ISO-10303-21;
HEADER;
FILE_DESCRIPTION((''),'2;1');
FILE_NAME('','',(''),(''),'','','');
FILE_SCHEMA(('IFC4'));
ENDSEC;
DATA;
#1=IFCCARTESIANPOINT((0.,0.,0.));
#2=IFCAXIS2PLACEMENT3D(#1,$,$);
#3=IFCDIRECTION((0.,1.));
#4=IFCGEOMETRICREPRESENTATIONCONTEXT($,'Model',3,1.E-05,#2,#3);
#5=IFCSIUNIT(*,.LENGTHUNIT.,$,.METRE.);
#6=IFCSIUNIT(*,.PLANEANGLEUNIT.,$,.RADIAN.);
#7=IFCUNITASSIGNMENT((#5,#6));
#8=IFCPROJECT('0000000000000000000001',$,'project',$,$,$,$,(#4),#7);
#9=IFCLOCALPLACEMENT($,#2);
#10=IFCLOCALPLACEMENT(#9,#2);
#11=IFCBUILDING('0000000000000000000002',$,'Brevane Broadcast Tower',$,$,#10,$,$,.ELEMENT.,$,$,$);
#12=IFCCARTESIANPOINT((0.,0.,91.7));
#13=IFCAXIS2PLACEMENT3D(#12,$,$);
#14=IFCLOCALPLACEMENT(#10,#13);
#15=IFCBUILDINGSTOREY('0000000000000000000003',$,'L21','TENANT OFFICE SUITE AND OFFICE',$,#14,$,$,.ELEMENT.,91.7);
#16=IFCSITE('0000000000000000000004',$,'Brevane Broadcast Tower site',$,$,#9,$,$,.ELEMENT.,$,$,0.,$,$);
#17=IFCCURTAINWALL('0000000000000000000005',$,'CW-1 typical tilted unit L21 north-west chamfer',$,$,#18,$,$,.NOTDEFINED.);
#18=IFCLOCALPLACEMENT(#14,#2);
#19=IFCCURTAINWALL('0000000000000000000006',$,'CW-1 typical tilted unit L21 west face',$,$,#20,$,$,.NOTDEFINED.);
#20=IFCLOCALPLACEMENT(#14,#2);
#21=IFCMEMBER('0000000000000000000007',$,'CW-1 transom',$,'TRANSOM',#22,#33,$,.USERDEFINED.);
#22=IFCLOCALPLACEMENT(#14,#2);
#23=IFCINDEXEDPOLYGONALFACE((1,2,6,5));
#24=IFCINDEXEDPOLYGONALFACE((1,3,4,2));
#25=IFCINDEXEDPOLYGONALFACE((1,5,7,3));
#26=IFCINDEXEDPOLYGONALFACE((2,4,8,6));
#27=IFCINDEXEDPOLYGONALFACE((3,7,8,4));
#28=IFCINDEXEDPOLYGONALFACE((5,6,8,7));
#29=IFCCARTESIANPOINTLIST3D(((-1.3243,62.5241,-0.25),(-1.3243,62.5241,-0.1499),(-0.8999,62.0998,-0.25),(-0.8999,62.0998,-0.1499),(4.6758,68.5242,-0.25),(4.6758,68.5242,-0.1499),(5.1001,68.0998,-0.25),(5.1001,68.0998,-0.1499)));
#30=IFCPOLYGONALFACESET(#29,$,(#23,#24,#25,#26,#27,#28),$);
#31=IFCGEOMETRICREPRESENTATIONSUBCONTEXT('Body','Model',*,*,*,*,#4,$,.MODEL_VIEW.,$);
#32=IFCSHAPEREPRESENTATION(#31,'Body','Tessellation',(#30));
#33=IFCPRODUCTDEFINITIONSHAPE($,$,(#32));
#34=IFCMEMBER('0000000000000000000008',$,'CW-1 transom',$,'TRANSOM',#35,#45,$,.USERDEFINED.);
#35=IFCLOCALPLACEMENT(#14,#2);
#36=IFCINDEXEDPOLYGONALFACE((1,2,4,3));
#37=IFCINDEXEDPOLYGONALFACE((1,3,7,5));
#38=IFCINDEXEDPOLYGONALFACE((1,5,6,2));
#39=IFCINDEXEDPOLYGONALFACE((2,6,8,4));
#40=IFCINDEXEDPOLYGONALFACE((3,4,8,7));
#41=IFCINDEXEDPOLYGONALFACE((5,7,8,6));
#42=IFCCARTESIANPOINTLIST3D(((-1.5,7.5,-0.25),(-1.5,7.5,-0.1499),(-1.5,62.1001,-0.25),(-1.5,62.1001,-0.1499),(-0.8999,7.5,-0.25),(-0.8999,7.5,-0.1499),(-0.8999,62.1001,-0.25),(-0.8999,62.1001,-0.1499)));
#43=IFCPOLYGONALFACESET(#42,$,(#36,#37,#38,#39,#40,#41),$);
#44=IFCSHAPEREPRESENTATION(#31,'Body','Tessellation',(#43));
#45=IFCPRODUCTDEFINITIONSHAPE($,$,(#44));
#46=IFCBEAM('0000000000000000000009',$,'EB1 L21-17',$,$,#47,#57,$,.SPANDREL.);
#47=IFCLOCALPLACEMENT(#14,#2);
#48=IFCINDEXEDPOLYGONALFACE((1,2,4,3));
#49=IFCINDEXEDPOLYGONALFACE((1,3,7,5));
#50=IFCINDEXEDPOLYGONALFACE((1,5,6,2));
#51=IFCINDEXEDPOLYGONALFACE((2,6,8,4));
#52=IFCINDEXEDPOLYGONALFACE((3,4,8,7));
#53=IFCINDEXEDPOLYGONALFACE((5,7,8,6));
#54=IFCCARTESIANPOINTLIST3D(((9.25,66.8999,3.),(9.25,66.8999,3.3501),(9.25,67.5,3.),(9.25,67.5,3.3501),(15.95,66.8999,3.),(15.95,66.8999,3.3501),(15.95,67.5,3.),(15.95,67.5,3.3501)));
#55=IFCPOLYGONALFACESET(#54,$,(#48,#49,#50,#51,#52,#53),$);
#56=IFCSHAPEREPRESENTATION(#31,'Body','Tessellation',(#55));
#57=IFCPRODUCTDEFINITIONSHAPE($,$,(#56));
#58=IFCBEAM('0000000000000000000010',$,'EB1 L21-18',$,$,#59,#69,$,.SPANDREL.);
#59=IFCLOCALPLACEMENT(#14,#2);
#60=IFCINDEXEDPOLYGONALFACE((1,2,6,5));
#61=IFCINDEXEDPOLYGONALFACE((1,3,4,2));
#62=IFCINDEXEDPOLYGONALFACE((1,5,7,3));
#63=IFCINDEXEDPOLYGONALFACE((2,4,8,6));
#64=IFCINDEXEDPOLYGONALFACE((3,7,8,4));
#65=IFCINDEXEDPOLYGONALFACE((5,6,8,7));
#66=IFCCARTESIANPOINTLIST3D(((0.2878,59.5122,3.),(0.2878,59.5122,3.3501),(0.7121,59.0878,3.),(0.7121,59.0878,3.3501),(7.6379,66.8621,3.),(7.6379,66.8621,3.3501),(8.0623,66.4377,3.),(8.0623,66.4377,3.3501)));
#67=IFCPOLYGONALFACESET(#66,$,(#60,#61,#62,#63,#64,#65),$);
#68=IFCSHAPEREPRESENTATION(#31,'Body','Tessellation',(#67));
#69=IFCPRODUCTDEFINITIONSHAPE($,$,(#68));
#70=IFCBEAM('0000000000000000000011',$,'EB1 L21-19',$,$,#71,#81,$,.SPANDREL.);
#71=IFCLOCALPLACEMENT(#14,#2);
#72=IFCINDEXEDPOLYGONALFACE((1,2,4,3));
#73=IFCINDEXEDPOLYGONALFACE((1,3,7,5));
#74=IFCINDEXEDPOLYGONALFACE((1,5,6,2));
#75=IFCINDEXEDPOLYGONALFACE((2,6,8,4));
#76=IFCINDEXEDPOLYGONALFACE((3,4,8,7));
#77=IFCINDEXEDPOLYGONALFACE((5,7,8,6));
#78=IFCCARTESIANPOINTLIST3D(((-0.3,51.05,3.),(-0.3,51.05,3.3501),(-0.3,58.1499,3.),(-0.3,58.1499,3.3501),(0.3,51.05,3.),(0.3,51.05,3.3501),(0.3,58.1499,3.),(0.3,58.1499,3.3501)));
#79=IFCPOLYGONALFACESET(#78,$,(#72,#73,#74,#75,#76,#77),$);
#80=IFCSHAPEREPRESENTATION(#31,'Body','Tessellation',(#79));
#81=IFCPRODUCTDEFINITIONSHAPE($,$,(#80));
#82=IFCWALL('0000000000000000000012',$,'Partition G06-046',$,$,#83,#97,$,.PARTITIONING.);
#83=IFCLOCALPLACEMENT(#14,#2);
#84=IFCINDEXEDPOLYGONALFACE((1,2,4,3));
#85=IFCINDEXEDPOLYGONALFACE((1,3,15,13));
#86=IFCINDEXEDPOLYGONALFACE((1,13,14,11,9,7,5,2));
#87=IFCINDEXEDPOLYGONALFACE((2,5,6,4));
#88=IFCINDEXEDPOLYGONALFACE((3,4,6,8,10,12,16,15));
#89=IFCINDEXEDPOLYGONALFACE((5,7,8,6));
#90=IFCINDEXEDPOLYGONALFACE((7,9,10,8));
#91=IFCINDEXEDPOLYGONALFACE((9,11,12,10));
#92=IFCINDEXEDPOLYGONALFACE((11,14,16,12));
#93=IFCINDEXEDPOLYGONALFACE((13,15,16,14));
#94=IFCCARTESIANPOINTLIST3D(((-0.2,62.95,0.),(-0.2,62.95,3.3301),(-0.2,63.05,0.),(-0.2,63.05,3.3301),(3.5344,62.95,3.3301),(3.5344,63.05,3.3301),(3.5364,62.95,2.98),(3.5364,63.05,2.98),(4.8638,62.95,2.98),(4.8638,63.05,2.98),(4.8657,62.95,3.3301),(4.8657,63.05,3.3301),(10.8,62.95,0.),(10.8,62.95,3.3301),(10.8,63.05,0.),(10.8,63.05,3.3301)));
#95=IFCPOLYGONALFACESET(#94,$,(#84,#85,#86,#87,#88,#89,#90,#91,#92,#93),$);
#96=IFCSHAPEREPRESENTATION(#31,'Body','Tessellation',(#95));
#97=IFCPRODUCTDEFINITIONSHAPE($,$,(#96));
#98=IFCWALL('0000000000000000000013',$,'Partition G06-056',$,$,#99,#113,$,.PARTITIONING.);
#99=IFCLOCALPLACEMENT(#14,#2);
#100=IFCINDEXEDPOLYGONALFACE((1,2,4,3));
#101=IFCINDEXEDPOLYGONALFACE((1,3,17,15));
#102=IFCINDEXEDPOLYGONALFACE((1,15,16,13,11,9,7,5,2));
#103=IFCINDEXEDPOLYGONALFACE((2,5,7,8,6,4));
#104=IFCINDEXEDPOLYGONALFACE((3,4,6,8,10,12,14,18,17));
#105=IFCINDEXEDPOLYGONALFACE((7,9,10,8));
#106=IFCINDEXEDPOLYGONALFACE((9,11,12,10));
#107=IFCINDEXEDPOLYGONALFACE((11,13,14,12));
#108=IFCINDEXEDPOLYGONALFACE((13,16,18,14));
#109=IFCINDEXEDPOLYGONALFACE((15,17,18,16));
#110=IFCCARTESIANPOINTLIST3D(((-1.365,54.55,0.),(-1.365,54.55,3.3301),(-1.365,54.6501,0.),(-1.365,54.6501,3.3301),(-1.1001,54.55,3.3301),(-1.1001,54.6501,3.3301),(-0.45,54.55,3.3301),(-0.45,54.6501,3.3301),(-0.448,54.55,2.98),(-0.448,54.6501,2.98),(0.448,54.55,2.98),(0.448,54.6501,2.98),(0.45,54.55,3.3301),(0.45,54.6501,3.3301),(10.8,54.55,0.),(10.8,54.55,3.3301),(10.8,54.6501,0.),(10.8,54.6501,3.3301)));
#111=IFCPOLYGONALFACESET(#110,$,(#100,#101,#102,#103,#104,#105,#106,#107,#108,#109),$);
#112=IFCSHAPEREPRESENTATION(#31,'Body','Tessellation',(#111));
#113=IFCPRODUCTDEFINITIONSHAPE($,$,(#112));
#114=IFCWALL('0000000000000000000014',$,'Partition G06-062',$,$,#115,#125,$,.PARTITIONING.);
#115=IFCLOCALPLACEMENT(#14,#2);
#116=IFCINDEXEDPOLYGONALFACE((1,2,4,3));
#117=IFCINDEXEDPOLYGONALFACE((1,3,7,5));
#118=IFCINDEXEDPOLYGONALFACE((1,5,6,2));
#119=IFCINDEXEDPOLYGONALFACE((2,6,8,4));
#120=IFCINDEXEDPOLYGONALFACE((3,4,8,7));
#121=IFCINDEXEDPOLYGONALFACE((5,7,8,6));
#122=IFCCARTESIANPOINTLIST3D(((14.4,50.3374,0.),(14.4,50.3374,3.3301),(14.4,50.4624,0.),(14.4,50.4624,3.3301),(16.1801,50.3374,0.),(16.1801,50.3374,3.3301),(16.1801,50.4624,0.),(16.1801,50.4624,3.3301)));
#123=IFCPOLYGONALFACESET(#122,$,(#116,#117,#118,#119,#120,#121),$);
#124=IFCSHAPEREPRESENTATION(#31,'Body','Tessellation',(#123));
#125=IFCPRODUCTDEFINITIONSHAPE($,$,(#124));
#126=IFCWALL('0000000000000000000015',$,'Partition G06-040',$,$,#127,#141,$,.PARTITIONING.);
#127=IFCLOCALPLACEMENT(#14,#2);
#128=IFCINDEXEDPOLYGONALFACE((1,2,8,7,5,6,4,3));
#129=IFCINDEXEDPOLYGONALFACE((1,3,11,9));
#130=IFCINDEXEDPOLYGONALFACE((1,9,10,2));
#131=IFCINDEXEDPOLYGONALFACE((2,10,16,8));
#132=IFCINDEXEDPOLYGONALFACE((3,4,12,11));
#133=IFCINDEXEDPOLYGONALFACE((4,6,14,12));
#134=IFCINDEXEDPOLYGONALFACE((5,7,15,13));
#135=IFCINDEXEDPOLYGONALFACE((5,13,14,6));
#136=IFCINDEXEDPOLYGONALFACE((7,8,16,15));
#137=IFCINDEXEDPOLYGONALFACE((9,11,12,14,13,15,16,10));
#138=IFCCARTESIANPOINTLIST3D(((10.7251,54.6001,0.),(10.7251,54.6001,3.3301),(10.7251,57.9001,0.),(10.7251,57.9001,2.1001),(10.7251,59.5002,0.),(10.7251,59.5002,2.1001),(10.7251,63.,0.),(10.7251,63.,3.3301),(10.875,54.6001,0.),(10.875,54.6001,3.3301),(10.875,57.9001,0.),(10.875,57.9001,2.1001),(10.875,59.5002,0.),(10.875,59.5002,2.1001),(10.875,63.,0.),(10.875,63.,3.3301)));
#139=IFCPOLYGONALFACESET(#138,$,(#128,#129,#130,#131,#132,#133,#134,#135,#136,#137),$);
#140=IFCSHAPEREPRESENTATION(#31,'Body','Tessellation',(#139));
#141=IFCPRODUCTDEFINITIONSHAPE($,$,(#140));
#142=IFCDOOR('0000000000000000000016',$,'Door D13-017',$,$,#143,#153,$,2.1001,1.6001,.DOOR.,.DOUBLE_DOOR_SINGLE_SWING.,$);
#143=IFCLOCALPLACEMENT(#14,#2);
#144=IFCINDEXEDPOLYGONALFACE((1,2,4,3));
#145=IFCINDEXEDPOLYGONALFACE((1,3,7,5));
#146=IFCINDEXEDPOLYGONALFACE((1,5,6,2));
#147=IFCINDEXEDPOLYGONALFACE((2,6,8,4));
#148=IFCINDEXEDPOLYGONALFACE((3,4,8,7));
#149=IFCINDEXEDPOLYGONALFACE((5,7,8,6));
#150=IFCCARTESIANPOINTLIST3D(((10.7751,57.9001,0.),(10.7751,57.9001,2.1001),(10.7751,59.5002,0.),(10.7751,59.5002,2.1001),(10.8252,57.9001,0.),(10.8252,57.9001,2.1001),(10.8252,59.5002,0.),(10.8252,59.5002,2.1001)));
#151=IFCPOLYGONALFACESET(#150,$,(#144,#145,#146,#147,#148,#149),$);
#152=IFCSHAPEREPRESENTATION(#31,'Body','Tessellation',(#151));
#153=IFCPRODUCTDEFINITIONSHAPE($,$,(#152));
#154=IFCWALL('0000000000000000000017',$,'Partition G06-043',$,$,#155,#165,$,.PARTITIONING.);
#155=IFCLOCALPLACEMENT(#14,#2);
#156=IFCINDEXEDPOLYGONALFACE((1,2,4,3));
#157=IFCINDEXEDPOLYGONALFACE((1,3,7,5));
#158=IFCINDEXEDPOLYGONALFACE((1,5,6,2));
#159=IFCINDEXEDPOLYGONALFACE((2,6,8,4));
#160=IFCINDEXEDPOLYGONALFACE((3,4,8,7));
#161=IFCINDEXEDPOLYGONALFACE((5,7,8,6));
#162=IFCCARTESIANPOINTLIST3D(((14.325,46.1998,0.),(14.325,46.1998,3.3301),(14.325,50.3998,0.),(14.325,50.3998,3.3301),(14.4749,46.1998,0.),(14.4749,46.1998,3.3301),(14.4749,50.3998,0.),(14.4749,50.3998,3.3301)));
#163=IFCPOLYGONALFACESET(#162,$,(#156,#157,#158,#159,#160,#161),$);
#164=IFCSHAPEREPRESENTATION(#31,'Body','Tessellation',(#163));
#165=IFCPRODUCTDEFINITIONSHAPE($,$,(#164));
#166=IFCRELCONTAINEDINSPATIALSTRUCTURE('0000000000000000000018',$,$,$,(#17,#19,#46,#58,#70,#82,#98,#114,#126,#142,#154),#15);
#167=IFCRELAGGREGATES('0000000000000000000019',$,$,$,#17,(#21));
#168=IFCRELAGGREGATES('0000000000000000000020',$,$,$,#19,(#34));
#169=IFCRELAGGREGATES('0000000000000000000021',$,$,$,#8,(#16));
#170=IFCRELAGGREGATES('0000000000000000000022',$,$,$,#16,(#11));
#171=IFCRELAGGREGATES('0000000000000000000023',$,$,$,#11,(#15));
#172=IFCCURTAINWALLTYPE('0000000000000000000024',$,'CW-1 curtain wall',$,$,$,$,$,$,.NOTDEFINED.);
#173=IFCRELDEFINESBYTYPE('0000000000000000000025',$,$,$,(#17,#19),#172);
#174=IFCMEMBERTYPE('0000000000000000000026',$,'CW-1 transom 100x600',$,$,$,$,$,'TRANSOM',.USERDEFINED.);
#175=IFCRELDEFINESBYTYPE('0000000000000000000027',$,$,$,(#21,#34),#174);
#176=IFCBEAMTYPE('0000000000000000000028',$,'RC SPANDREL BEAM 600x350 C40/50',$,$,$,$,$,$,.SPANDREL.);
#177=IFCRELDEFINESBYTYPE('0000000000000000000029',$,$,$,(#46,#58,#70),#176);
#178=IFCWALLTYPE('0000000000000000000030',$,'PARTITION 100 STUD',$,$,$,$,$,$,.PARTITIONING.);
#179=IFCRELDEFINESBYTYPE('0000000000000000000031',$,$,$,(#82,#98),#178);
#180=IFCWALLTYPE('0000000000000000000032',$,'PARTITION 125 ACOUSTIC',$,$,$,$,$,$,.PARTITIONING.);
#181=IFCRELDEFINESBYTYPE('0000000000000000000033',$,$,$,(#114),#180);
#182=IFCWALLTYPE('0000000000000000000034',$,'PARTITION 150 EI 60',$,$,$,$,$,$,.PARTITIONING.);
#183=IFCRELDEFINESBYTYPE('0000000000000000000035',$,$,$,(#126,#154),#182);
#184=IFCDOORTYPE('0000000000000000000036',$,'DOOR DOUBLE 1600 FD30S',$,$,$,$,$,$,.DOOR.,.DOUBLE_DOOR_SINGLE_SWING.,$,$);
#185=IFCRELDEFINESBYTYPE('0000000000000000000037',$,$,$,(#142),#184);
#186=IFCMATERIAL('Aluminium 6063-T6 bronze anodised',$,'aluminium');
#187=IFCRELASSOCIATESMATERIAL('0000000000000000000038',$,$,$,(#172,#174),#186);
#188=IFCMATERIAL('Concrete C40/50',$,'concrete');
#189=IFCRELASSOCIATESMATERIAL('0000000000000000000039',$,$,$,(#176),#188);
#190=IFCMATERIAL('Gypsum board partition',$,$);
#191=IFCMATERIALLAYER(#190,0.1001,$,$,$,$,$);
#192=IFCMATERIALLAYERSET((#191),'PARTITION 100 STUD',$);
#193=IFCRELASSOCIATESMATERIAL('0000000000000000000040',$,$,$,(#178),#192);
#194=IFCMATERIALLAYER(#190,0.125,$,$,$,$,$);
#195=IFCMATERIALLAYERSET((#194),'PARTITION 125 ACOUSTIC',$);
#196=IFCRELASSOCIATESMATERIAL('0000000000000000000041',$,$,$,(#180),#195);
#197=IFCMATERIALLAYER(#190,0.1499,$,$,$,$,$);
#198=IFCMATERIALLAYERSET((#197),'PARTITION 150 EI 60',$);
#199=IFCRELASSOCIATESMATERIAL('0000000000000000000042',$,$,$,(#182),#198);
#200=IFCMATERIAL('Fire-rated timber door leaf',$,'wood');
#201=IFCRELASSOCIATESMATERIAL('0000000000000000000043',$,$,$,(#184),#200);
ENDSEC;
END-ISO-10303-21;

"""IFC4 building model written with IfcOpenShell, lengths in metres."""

from ifc_helpers import new_model, si_unit, direction, frame, frame_2d, origin, origin_2d, place, context, subcontext, project, spatial, polyline, rectangle, outline, extrude, material, layer, layer_set, material_profile, profile_set, type_object, element, fill, aggregate, save


model = new_model("IFC4")

# Units and contexts
model_context = context("Model", 3, precision=1e-05, world=origin(), true_north=direction((0.0, 1.0)))
body_context = subcontext(model_context, "Body", "Model", "MODEL_VIEW")
ifc_project = project(units=[si_unit("LENGTHUNIT", "METRE"), si_unit("PLANEANGLEUNIT", "RADIAN")], contexts=[model_context])

# Site, building, storey
site_placement = place(None, origin())
site = spatial("IfcSite", under=ifc_project, at=site_placement, Name="Brevane Broadcast Tower site", CompositionType="ELEMENT", RefElevation=0.0)
building_placement = place(site_placement, origin())
building = spatial("IfcBuilding", under=site, at=building_placement, Name="Brevane Broadcast Tower", CompositionType="ELEMENT")
storey_placement = place(building_placement, frame((0.0, 0.0, 91.7)))
storey = spatial("IfcBuildingStorey", under=building, at=storey_placement, Name="L21", Description="TENANT OFFICE SUITE AND OFFICE", CompositionType="ELEMENT", Elevation=91.7)

# Curtain walls
ifc_material_1 = material(Name="Aluminium 6063-T6 bronze anodised", Category="aluminium")
curtain_wall_type = type_object("IfcCurtainWallType", Name="CW-1 curtain wall", PredefinedType="NOTDEFINED", material=ifc_material_1)
curtain_wall_1_placement = place(storey_placement, origin())
curtain_wall_1 = element("IfcCurtainWall", 1, at=curtain_wall_1_placement, inside=storey, type_object=curtain_wall_type, Name="CW-1 typical tilted unit L21 north-west chamfer", PredefinedType="NOTDEFINED")
curtain_wall_2_placement = place(storey_placement, origin())
curtain_wall_2 = element("IfcCurtainWall", 2, at=curtain_wall_2_placement, inside=storey, type_object=curtain_wall_type, Name="CW-1 typical tilted unit L21 west face", PredefinedType="NOTDEFINED")

# Members
ifc_material_profile_1 = material_profile(ifc_material_1, rectangle(XDim=0.6001, YDim=0.1001, at=origin_2d()), Name="RECT 100x600")
ifc_profile_set_1 = profile_set([ifc_material_profile_1], Name="Aluminium 6063-T6 bronze anodised")
member_type_1 = type_object("IfcMemberType", Name="CW-1 transom 100x600", ElementType="TRANSOM", PredefinedType="USERDEFINED", material=ifc_profile_set_1)
member_1_placement = place(storey_placement, frame((4.8879, 68.312, -0.2), z_axis=(-0.707107, -0.707107, 0.0), x_axis=(0.707107, -0.707107, 0.0)))
member_1 = element("IfcMember", 3, at=member_1_placement, type_object=member_type_1, Name="CW-1 transom", ObjectType="TRANSOM", PredefinedType="USERDEFINED", context=body_context, shape_type="SweptSolid", body=[
    extrude(rectangle(XDim=0.6001, YDim=0.1001, at=origin_2d()), origin(), (0.0, 0.0, 1.0), 8.4854),
])
aggregate(curtain_wall_1, [member_1])
member_2_placement = place(storey_placement, frame((-1.2, 62.1001, -0.2), z_axis=(0.0, -1.0, 0.0), x_axis=(1.0, 0.0, 0.0)))
member_2 = element("IfcMember", 4, at=member_2_placement, type_object=member_type_1, Name="CW-1 transom", ObjectType="TRANSOM", PredefinedType="USERDEFINED", context=body_context, shape_type="SweptSolid", body=[
    extrude(rectangle(XDim=0.6001, YDim=0.1001, at=origin_2d()), origin(), (0.0, 0.0, 1.0), 54.6001),
])
aggregate(curtain_wall_2, [member_2])

# Beams
ifc_material_2 = material(Name="Concrete C40/50", Category="concrete")
ifc_material_profile_2 = material_profile(ifc_material_2, rectangle(XDim=0.6001, YDim=0.3501, at=origin_2d()), Name="RC 600x350")
ifc_profile_set_2 = profile_set([ifc_material_profile_2], Name="Concrete C40/50")
beam_type = type_object("IfcBeamType", Name="RC SPANDREL BEAM 600x350 C40/50", PredefinedType="SPANDREL", material=ifc_profile_set_2)
beam_1_placement = place(storey_placement, frame((15.95, 67.2, 3.175), z_axis=(-1.0, 0.0, 0.0), x_axis=(0.0, -1.0, 0.0)))
element("IfcBeam", 5, at=beam_1_placement, inside=storey, type_object=beam_type, Name="EB1 L21-17", PredefinedType="SPANDREL", context=body_context, shape_type="SweptSolid", body=[
    extrude(rectangle(XDim=0.6001, YDim=0.3501, at=origin_2d()), origin(), (0.0, 0.0, 1.0), 6.7),
])
beam_2_placement = place(storey_placement, frame((7.8501, 66.6499, 3.175), z_axis=(-0.707119, -0.707095, 0.0), x_axis=(0.707095, -0.707119, 0.0)))
element("IfcBeam", 6, at=beam_2_placement, inside=storey, type_object=beam_type, Name="EB1 L21-18", PredefinedType="SPANDREL", context=body_context, shape_type="SweptSolid", body=[
    extrude(rectangle(XDim=0.6001, YDim=0.3501, at=origin_2d()), origin(), (0.0, 0.0, 1.0), 10.3945),
])
beam_3_placement = place(storey_placement, frame((0.0, 58.1499, 3.175), z_axis=(0.0, -1.0, 0.0), x_axis=(1.0, 0.0, 0.0)))
element("IfcBeam", 7, at=beam_3_placement, inside=storey, type_object=beam_type, Name="EB1 L21-19", PredefinedType="SPANDREL", context=body_context, shape_type="SweptSolid", body=[
    extrude(rectangle(XDim=0.6001, YDim=0.3501, at=origin_2d()), origin(), (0.0, 0.0, 1.0), 7.0999),
])

# Walls
ifc_material_3 = material(Name="Gypsum board partition")
ifc_layer_1 = layer(ifc_material_3, 0.1001)
ifc_layer_set_1 = layer_set([ifc_layer_1], Name="PARTITION 100 STUD")
wall_type_1 = type_object("IfcWallType", Name="PARTITION 100 STUD", PredefinedType="PARTITIONING", material=ifc_layer_set_1)
wall_1_placement = place(storey_placement, frame((10.8, 63.0, 0.0), z_axis=(0.0, 0.0, 1.0), x_axis=(-1.0, 0.0, 0.0)))
element("IfcWall", 8, at=wall_1_placement, inside=storey, type_object=wall_type_1, Name="Partition G06-046", PredefinedType="PARTITIONING", context=body_context, shape_type="SweptSolid", body=[
    extrude(outline(polyline([(0.0, 0.0), (11.0, 0.0), (11.0, 3.3301), (7.2656, 3.3301), (7.2637, 2.98), (5.9363, 2.98), (5.9343, 3.3301), (0.0, 3.3301), (0.0, 0.0)])), frame((0.0, 0.05, 0.0), z_axis=(0.0, -1.0, 0.0), x_axis=(1.0, 0.0, 0.0)), (0.0, 0.0, 1.0), 0.1001),
])
wall_2_placement = place(storey_placement, frame((-1.365, 54.6001, 0.0), z_axis=(0.0, 0.0, 1.0), x_axis=(1.0, 0.0, 0.0)))
element("IfcWall", 9, at=wall_2_placement, inside=storey, type_object=wall_type_1, Name="Partition G06-056", PredefinedType="PARTITIONING", context=body_context, shape_type="SweptSolid", body=[
    extrude(outline(polyline([(0.0, 0.0), (12.165, 0.0), (12.165, 3.3301), (1.8149, 3.3301), (1.813, 2.98), (0.917, 2.98), (0.915, 3.3301), (0.2649, 3.3301), (0.0, 3.3301), (0.0, 0.0)])), frame((0.0, 0.05, 0.0), z_axis=(0.0, -1.0, 0.0), x_axis=(1.0, 0.0, 0.0)), (0.0, 0.0, 1.0), 0.1001),
])
ifc_layer_2 = layer(ifc_material_3, 0.125)
ifc_layer_set_2 = layer_set([ifc_layer_2], Name="PARTITION 125 ACOUSTIC")
wall_type_2 = type_object("IfcWallType", Name="PARTITION 125 ACOUSTIC", PredefinedType="PARTITIONING", material=ifc_layer_set_2)
wall_3_placement = place(storey_placement, frame((14.3999, 50.3999, 0.0), z_axis=(0.0, 0.0, 1.0), x_axis=(1.0, 0.0, 0.0)))
element("IfcWall", 10, at=wall_3_placement, inside=storey, type_object=wall_type_2, Name="Partition G06-062", PredefinedType="PARTITIONING", context=body_context, shape_type="SweptSolid", body=[
    extrude(rectangle(XDim=1.78, YDim=0.125, at=frame_2d((0.8901, 0.0))), origin(), (0.0, 0.0, 1.0), 3.3301),
])

# Wall, opening, door
ifc_layer_3 = layer(ifc_material_3, 0.1499)
ifc_layer_set_3 = layer_set([ifc_layer_3], Name="PARTITION 150 EI 60")
wall_type_3 = type_object("IfcWallType", Name="PARTITION 150 EI 60", PredefinedType="PARTITIONING", material=ifc_layer_set_3)
ifc_material_4 = material(Name="Fire-rated timber door leaf", Category="wood")
wall_4_placement = place(storey_placement, frame((10.8, 54.6001, 0.0), z_axis=(0.0, 0.0, 1.0), x_axis=(0.0, 1.0, 0.0)))
wall_4 = element("IfcWall", 11, at=wall_4_placement, inside=storey, type_object=wall_type_3, Name="Partition G06-040", PredefinedType="PARTITIONING", context=body_context, shape_type="SweptSolid", body=[
    extrude(rectangle(XDim=8.3999, YDim=0.1499, at=frame_2d((4.2, 0.0))), origin(), (0.0, 0.0, 1.0), 3.3301),
])
opening_1_placement = place(wall_4_placement, frame((3.3, 0.0, 0.0)))
opening_1 = element("IfcOpeningElement", 12, at=opening_1_placement, cuts=wall_4, PredefinedType="OPENING", context=body_context, shape_type="SweptSolid", body=[
    extrude(rectangle(XDim=1.6001, YDim=2.1001, at=frame_2d((0.8, 1.05))), frame((0.0, 0.085, 0.0), z_axis=(0.0, -1.0, 0.0), x_axis=(1.0, 0.0, 0.0)), (0.0, 0.0, 1.0), 0.1699),
])
door_type_1 = type_object("IfcDoorType", Name="DOOR DOUBLE 1600 FD30S", OperationType="DOUBLE_DOOR_SINGLE_SWING", PredefinedType="DOOR", material=ifc_material_4)
door_1_placement = place(opening_1_placement, origin())
door_1 = element("IfcDoor", 13, at=door_1_placement, inside=storey, type_object=door_type_1, Name="Door D13-017", OperationType="DOUBLE_DOOR_SINGLE_SWING", OverallHeight=2.1001, OverallWidth=1.6001, PredefinedType="DOOR", context=body_context, shape_type="SweptSolid", body=[
    extrude(rectangle(XDim=1.6001, YDim=2.1001, at=frame_2d((0.8, 1.05))), frame((0.0, 0.0249, 0.0), z_axis=(0.0, -1.0, 0.0), x_axis=(1.0, 0.0, 0.0)), (0.0, 0.0, 1.0), 0.05),
])
fill(opening_1, door_1)

# Wall
wall_5_placement = place(storey_placement, frame((14.3999, 50.3999, 0.0), z_axis=(0.0, 0.0, 1.0), x_axis=(0.0, -1.0, 0.0)))
element("IfcWall", 14, at=wall_5_placement, inside=storey, type_object=wall_type_3, Name="Partition G06-043", PredefinedType="PARTITIONING", context=body_context, shape_type="SweptSolid", body=[
    extrude(rectangle(XDim=4.2, YDim=0.1499, at=frame_2d((2.1001, 0.0))), origin(), (0.0, 0.0, 1.0), 3.3301),
])

save(model, "model.ifc")
